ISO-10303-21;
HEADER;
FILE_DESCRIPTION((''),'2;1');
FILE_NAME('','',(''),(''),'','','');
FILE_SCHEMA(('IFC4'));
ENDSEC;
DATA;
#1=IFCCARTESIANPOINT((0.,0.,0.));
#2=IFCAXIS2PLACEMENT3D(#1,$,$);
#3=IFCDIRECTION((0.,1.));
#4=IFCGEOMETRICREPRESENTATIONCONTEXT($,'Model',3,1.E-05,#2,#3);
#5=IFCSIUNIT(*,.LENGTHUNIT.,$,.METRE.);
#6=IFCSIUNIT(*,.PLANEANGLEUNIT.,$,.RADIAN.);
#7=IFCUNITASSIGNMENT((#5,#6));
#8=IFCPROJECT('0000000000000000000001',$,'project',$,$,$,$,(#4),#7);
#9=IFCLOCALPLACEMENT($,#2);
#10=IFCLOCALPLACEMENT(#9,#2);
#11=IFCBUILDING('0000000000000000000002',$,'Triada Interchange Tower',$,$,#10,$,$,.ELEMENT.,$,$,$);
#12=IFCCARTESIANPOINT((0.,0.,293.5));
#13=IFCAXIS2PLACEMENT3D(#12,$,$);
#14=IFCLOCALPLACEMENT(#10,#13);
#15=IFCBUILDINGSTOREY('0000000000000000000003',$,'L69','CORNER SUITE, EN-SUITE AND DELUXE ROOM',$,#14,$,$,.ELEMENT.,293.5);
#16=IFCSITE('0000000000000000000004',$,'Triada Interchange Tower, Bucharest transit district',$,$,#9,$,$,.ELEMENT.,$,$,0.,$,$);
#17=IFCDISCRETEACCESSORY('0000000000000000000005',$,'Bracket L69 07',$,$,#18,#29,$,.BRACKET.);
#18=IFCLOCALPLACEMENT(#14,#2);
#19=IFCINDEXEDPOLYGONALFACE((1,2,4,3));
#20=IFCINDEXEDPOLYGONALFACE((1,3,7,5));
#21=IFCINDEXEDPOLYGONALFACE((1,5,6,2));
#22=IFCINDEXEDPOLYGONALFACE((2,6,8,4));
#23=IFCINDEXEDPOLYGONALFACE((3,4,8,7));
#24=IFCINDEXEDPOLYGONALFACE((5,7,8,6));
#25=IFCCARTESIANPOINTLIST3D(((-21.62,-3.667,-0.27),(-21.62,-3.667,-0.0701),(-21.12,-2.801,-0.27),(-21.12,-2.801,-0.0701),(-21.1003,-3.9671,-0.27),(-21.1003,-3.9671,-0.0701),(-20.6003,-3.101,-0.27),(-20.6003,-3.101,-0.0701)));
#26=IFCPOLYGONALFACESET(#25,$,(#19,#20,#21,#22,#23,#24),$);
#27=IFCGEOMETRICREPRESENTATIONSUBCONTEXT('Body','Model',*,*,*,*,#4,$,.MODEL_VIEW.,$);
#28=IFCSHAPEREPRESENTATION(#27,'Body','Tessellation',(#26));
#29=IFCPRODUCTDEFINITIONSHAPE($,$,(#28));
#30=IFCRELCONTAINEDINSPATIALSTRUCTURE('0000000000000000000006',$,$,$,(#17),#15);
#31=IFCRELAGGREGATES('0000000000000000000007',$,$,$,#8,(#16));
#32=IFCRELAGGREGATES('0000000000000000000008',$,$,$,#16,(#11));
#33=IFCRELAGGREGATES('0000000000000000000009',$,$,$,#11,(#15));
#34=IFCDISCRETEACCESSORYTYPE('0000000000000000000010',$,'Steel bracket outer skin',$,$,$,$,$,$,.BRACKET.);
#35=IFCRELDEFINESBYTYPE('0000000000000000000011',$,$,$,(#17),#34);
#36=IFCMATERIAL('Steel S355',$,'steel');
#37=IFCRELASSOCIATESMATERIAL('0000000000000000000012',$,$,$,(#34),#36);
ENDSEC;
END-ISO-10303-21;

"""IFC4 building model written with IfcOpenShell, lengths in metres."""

from ifc_helpers import new_model, si_unit, direction, frame, origin, origin_2d, place, context, subcontext, project, spatial, rectangle, extrude, material, type_object, element, save


model = new_model("IFC4")

# Units and contexts
model_context = context("Model", 3, precision=1e-05, world=origin(), true_north=direction((0.0, 1.0)))
body_context = subcontext(model_context, "Body", "Model", "MODEL_VIEW")
ifc_project = project(units=[si_unit("LENGTHUNIT", "METRE"), si_unit("PLANEANGLEUNIT", "RADIAN")], contexts=[model_context])

# Site, building, storey
site_placement = place(None, origin())
site = spatial("IfcSite", under=ifc_project, at=site_placement, Name="Triada Interchange Tower, Bucharest transit district", CompositionType="ELEMENT", RefElevation=0.0)
building_placement = place(site_placement, origin())
building = spatial("IfcBuilding", under=site, at=building_placement, Name="Triada Interchange Tower", CompositionType="ELEMENT")
storey_placement = place(building_placement, frame((0.0, 0.0, 293.5)))
storey = spatial("IfcBuildingStorey", under=building, at=storey_placement, Name="L69", Description="CORNER SUITE, EN-SUITE AND DELUXE ROOM", CompositionType="ELEMENT", Elevation=293.5)

# Discrete accessory
ifc_material_1 = material(Name="Steel S355", Category="steel")
discrete_accessory_type = type_object("IfcDiscreteAccessoryType", Name="Steel bracket outer skin", PredefinedType="BRACKET", material=ifc_material_1)
discrete_accessory_placement = place(storey_placement, frame((-21.1101, -3.384, -0.27), z_axis=(0.0, 0.0, 1.0), x_axis=(-0.866023, 0.500004, 0.0)))
element("IfcDiscreteAccessory", 1, at=discrete_accessory_placement, inside=storey, type_object=discrete_accessory_type, Name="Bracket L69 07", PredefinedType="BRACKET", context=body_context, shape_type="SweptSolid", body=[
    extrude(rectangle(XDim=0.6001, YDim=1.0, at=origin_2d()), origin(), (0.0, 0.0, 1.0), 0.2),
])

save(model, "model.ifc")
